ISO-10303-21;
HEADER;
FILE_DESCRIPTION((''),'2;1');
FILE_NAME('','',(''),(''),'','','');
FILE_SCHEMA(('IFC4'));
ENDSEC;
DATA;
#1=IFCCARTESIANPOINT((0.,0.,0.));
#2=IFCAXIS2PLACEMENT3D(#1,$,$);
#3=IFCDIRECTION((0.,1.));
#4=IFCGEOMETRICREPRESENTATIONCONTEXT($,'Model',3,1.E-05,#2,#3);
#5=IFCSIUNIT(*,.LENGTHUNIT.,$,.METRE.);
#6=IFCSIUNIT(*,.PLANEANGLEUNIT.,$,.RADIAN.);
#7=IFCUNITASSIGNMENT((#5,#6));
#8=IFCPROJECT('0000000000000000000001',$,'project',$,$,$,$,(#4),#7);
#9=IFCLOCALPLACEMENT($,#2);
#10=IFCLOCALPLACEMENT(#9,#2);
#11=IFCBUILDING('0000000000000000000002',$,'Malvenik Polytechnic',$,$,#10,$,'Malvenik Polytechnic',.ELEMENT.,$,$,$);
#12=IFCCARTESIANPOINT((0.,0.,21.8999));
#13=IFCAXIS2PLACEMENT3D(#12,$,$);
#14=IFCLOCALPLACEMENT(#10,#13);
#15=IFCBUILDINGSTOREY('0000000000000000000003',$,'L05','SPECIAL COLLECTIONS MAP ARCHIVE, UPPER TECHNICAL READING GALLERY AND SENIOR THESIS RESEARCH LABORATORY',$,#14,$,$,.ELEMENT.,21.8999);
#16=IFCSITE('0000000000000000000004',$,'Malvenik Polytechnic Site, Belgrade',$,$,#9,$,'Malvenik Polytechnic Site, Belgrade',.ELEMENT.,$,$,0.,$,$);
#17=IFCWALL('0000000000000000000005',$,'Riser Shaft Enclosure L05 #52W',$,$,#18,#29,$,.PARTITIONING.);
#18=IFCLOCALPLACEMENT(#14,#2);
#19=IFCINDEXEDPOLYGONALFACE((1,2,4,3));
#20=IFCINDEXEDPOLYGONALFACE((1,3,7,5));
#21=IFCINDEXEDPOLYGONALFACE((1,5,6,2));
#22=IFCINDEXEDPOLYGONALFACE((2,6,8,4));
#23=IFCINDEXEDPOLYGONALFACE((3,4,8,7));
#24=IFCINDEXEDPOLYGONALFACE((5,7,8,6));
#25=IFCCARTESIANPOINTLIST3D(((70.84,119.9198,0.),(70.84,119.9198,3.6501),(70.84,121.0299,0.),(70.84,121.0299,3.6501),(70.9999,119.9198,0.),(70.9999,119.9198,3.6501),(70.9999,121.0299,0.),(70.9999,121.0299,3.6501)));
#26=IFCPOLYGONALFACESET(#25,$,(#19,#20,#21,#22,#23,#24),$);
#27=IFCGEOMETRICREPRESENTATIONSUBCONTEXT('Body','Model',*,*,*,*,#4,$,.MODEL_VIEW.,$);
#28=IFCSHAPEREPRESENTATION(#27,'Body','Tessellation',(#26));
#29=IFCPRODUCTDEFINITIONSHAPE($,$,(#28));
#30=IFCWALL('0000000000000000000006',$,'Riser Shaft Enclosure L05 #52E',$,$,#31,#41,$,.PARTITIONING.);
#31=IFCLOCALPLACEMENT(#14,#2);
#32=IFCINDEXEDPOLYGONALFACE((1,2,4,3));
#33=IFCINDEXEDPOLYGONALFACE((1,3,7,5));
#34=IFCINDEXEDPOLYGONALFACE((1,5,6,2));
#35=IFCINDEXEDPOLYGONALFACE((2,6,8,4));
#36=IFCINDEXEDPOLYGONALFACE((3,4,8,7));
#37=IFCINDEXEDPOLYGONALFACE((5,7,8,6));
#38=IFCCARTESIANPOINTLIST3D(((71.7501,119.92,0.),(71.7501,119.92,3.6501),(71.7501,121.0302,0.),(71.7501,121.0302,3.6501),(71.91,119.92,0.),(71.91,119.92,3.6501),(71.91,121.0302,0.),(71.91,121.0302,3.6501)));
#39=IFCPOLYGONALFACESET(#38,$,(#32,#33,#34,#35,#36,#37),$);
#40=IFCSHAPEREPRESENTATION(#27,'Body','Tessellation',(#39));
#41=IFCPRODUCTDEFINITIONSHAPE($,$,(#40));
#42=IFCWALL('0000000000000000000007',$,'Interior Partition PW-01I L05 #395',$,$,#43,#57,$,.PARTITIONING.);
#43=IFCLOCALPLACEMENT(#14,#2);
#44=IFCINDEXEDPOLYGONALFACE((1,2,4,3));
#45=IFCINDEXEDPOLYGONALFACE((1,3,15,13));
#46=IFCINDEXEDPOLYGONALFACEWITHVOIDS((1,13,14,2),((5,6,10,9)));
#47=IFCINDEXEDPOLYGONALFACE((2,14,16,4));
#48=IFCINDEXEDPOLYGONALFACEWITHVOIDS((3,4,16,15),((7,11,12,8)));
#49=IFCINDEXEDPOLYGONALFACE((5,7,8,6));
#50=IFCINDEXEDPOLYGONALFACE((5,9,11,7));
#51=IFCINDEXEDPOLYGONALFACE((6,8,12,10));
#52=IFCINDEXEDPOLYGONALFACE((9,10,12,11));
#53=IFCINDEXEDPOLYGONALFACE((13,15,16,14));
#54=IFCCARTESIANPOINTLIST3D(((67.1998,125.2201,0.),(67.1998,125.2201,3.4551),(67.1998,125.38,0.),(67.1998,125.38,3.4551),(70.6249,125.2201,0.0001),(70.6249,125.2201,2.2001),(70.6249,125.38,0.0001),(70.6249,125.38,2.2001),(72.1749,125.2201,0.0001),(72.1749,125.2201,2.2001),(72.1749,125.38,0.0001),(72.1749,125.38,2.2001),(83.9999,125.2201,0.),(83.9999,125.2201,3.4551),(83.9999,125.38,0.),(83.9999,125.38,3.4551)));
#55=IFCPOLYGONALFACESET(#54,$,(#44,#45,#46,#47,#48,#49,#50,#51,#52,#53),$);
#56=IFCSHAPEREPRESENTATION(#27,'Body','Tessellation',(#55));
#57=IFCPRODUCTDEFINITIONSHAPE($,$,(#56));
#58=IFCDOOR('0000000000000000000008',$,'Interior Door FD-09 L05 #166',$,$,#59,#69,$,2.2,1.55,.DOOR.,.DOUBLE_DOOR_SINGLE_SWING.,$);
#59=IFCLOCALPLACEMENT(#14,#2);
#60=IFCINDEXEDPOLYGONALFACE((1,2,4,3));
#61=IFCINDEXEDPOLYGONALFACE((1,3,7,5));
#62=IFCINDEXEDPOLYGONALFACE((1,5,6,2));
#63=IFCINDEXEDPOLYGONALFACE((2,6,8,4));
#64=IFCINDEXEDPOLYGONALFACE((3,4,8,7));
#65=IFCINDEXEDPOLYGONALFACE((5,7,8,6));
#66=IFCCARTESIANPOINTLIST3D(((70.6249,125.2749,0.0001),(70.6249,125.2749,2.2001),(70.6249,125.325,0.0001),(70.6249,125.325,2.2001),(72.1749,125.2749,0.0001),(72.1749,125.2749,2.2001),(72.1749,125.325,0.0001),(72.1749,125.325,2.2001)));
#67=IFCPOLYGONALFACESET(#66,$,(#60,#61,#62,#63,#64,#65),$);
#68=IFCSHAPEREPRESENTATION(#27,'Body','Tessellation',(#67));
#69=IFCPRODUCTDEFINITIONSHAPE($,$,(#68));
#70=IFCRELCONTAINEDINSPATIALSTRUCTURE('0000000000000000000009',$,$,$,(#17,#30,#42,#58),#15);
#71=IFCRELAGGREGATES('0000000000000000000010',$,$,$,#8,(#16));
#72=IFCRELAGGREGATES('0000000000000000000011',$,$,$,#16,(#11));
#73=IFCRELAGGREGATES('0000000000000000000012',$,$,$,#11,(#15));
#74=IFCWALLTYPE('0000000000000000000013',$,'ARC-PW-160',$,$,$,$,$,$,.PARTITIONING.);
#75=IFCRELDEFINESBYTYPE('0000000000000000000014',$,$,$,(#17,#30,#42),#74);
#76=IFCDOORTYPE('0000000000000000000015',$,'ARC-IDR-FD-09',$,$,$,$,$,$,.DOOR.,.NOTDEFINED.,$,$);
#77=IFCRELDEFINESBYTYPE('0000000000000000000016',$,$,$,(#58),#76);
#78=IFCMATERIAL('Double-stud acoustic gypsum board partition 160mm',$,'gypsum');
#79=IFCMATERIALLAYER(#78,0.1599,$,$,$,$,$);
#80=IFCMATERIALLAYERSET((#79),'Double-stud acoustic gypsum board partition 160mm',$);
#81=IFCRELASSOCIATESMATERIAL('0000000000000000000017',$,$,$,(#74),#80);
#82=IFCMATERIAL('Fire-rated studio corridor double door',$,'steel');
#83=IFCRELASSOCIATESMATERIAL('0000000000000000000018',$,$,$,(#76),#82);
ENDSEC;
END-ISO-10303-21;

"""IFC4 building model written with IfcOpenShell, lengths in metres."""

from ifc_helpers import new_model, si_unit, direction, frame, frame_2d, origin, place, context, subcontext, project, spatial, rectangle, extrude, material, layer, layer_set, type_object, element, fill, save


model = new_model("IFC4")

# Units and contexts
model_context = context("Model", 3, precision=1e-05, world=origin(), true_north=direction((0.0, 1.0)))
body_context = subcontext(model_context, "Body", "Model", "MODEL_VIEW")
ifc_project = project(units=[si_unit("LENGTHUNIT", "METRE"), si_unit("PLANEANGLEUNIT", "RADIAN")], contexts=[model_context])

# Site, building, storey
site_placement = place(None, origin())
site = spatial("IfcSite", under=ifc_project, at=site_placement, Name="Malvenik Polytechnic Site, Belgrade", LongName="Malvenik Polytechnic Site, Belgrade", CompositionType="ELEMENT", RefElevation=0.0)
building_placement = place(site_placement, origin())
building = spatial("IfcBuilding", under=site, at=building_placement, Name="Malvenik Polytechnic", LongName="Malvenik Polytechnic", CompositionType="ELEMENT")
storey_placement = place(building_placement, frame((0.0, 0.0, 21.8999)))
storey = spatial("IfcBuildingStorey", under=building, at=storey_placement, Name="L05", Description="SPECIAL COLLECTIONS MAP ARCHIVE, UPPER TECHNICAL READING GALLERY AND SENIOR THESIS RESEARCH LABORATORY", CompositionType="ELEMENT", Elevation=21.8999)

# Walls
ifc_material_1 = material(Name="Double-stud acoustic gypsum board partition 160mm", Category="gypsum")
ifc_layer_1 = layer(ifc_material_1, 0.1599)
ifc_layer_set_1 = layer_set([ifc_layer_1], Name="Double-stud acoustic gypsum board partition 160mm")
wall_type_1 = type_object("IfcWallType", Name="ARC-PW-160", PredefinedType="PARTITIONING", material=ifc_layer_set_1)
for number, where, z_axis, x_axis, name in (
    (1, (70.9199, 121.03, 0.0), (0.0, 0.0, 1.0), (0.0, -1.0, 0.0), "Riser Shaft Enclosure L05 #52W"),
    (2, (71.8301, 119.9199, 0.0), (0.0, 0.0, 1.0), (0.0, 1.0, 0.0), "Riser Shaft Enclosure L05 #52E"),
):
    element("IfcWall", number, at=place(storey_placement, frame(where, z_axis=z_axis, x_axis=x_axis)), inside=storey, type_object=wall_type_1, Name=name, PredefinedType="PARTITIONING", context=body_context, shape_type="SweptSolid", body=[
        extrude(rectangle(XDim=1.1101, YDim=0.1599, at=frame_2d((0.5552, 0.0))), origin(), (0.0, 0.0, 1.0), 3.6501),
    ])

# Wall, opening, door
wall_1_placement = place(storey_placement, frame((67.2, 125.3, 0.0), z_axis=(0.0, 0.0, 1.0), x_axis=(1.0, 0.0, 0.0)))
wall_1 = element("IfcWall", 3, at=wall_1_placement, inside=storey, type_object=wall_type_1, Name="Interior Partition PW-01I L05 #395", PredefinedType="PARTITIONING", context=body_context, shape_type="SweptSolid", body=[
    extrude(rectangle(XDim=16.8, YDim=0.1599, at=frame_2d((8.3999, 0.0))), origin(), (0.0, 0.0, 1.0), 3.4551),
])
opening_1_placement = place(wall_1_placement, frame((3.425, 0.0, 0.0)))
opening_1 = element("IfcOpeningElement", 4, at=opening_1_placement, cuts=wall_1, PredefinedType="OPENING", context=body_context, shape_type="SweptSolid", body=[
    extrude(rectangle(XDim=1.55, YDim=2.2, at=frame_2d((0.7749, 1.1001))), frame((0.0, 0.0898, 0.0), z_axis=(0.0, -1.0, 0.0), x_axis=(1.0, 0.0, 0.0)), (0.0, 0.0, 1.0), 0.1799),
])
ifc_material_2 = material(Name="Fire-rated studio corridor double door", Category="steel")
door_type = type_object("IfcDoorType", Name="ARC-IDR-FD-09", OperationType="NOTDEFINED", PredefinedType="DOOR", material=ifc_material_2)
door_placement = place(opening_1_placement, origin())
door = element("IfcDoor", 5, at=door_placement, inside=storey, type_object=door_type, Name="Interior Door FD-09 L05 #166", OperationType="DOUBLE_DOOR_SINGLE_SWING", OverallHeight=2.2, OverallWidth=1.55, PredefinedType="DOOR", context=body_context, shape_type="SweptSolid", body=[
    extrude(rectangle(XDim=1.55, YDim=2.2, at=frame_2d((0.7749, 1.1001))), frame((0.0, 0.0249, 0.0), z_axis=(0.0, -1.0, 0.0), x_axis=(1.0, 0.0, 0.0)), (0.0, 0.0, 1.0), 0.05),
])
fill(opening_1, door)

save(model, "model.ifc")
